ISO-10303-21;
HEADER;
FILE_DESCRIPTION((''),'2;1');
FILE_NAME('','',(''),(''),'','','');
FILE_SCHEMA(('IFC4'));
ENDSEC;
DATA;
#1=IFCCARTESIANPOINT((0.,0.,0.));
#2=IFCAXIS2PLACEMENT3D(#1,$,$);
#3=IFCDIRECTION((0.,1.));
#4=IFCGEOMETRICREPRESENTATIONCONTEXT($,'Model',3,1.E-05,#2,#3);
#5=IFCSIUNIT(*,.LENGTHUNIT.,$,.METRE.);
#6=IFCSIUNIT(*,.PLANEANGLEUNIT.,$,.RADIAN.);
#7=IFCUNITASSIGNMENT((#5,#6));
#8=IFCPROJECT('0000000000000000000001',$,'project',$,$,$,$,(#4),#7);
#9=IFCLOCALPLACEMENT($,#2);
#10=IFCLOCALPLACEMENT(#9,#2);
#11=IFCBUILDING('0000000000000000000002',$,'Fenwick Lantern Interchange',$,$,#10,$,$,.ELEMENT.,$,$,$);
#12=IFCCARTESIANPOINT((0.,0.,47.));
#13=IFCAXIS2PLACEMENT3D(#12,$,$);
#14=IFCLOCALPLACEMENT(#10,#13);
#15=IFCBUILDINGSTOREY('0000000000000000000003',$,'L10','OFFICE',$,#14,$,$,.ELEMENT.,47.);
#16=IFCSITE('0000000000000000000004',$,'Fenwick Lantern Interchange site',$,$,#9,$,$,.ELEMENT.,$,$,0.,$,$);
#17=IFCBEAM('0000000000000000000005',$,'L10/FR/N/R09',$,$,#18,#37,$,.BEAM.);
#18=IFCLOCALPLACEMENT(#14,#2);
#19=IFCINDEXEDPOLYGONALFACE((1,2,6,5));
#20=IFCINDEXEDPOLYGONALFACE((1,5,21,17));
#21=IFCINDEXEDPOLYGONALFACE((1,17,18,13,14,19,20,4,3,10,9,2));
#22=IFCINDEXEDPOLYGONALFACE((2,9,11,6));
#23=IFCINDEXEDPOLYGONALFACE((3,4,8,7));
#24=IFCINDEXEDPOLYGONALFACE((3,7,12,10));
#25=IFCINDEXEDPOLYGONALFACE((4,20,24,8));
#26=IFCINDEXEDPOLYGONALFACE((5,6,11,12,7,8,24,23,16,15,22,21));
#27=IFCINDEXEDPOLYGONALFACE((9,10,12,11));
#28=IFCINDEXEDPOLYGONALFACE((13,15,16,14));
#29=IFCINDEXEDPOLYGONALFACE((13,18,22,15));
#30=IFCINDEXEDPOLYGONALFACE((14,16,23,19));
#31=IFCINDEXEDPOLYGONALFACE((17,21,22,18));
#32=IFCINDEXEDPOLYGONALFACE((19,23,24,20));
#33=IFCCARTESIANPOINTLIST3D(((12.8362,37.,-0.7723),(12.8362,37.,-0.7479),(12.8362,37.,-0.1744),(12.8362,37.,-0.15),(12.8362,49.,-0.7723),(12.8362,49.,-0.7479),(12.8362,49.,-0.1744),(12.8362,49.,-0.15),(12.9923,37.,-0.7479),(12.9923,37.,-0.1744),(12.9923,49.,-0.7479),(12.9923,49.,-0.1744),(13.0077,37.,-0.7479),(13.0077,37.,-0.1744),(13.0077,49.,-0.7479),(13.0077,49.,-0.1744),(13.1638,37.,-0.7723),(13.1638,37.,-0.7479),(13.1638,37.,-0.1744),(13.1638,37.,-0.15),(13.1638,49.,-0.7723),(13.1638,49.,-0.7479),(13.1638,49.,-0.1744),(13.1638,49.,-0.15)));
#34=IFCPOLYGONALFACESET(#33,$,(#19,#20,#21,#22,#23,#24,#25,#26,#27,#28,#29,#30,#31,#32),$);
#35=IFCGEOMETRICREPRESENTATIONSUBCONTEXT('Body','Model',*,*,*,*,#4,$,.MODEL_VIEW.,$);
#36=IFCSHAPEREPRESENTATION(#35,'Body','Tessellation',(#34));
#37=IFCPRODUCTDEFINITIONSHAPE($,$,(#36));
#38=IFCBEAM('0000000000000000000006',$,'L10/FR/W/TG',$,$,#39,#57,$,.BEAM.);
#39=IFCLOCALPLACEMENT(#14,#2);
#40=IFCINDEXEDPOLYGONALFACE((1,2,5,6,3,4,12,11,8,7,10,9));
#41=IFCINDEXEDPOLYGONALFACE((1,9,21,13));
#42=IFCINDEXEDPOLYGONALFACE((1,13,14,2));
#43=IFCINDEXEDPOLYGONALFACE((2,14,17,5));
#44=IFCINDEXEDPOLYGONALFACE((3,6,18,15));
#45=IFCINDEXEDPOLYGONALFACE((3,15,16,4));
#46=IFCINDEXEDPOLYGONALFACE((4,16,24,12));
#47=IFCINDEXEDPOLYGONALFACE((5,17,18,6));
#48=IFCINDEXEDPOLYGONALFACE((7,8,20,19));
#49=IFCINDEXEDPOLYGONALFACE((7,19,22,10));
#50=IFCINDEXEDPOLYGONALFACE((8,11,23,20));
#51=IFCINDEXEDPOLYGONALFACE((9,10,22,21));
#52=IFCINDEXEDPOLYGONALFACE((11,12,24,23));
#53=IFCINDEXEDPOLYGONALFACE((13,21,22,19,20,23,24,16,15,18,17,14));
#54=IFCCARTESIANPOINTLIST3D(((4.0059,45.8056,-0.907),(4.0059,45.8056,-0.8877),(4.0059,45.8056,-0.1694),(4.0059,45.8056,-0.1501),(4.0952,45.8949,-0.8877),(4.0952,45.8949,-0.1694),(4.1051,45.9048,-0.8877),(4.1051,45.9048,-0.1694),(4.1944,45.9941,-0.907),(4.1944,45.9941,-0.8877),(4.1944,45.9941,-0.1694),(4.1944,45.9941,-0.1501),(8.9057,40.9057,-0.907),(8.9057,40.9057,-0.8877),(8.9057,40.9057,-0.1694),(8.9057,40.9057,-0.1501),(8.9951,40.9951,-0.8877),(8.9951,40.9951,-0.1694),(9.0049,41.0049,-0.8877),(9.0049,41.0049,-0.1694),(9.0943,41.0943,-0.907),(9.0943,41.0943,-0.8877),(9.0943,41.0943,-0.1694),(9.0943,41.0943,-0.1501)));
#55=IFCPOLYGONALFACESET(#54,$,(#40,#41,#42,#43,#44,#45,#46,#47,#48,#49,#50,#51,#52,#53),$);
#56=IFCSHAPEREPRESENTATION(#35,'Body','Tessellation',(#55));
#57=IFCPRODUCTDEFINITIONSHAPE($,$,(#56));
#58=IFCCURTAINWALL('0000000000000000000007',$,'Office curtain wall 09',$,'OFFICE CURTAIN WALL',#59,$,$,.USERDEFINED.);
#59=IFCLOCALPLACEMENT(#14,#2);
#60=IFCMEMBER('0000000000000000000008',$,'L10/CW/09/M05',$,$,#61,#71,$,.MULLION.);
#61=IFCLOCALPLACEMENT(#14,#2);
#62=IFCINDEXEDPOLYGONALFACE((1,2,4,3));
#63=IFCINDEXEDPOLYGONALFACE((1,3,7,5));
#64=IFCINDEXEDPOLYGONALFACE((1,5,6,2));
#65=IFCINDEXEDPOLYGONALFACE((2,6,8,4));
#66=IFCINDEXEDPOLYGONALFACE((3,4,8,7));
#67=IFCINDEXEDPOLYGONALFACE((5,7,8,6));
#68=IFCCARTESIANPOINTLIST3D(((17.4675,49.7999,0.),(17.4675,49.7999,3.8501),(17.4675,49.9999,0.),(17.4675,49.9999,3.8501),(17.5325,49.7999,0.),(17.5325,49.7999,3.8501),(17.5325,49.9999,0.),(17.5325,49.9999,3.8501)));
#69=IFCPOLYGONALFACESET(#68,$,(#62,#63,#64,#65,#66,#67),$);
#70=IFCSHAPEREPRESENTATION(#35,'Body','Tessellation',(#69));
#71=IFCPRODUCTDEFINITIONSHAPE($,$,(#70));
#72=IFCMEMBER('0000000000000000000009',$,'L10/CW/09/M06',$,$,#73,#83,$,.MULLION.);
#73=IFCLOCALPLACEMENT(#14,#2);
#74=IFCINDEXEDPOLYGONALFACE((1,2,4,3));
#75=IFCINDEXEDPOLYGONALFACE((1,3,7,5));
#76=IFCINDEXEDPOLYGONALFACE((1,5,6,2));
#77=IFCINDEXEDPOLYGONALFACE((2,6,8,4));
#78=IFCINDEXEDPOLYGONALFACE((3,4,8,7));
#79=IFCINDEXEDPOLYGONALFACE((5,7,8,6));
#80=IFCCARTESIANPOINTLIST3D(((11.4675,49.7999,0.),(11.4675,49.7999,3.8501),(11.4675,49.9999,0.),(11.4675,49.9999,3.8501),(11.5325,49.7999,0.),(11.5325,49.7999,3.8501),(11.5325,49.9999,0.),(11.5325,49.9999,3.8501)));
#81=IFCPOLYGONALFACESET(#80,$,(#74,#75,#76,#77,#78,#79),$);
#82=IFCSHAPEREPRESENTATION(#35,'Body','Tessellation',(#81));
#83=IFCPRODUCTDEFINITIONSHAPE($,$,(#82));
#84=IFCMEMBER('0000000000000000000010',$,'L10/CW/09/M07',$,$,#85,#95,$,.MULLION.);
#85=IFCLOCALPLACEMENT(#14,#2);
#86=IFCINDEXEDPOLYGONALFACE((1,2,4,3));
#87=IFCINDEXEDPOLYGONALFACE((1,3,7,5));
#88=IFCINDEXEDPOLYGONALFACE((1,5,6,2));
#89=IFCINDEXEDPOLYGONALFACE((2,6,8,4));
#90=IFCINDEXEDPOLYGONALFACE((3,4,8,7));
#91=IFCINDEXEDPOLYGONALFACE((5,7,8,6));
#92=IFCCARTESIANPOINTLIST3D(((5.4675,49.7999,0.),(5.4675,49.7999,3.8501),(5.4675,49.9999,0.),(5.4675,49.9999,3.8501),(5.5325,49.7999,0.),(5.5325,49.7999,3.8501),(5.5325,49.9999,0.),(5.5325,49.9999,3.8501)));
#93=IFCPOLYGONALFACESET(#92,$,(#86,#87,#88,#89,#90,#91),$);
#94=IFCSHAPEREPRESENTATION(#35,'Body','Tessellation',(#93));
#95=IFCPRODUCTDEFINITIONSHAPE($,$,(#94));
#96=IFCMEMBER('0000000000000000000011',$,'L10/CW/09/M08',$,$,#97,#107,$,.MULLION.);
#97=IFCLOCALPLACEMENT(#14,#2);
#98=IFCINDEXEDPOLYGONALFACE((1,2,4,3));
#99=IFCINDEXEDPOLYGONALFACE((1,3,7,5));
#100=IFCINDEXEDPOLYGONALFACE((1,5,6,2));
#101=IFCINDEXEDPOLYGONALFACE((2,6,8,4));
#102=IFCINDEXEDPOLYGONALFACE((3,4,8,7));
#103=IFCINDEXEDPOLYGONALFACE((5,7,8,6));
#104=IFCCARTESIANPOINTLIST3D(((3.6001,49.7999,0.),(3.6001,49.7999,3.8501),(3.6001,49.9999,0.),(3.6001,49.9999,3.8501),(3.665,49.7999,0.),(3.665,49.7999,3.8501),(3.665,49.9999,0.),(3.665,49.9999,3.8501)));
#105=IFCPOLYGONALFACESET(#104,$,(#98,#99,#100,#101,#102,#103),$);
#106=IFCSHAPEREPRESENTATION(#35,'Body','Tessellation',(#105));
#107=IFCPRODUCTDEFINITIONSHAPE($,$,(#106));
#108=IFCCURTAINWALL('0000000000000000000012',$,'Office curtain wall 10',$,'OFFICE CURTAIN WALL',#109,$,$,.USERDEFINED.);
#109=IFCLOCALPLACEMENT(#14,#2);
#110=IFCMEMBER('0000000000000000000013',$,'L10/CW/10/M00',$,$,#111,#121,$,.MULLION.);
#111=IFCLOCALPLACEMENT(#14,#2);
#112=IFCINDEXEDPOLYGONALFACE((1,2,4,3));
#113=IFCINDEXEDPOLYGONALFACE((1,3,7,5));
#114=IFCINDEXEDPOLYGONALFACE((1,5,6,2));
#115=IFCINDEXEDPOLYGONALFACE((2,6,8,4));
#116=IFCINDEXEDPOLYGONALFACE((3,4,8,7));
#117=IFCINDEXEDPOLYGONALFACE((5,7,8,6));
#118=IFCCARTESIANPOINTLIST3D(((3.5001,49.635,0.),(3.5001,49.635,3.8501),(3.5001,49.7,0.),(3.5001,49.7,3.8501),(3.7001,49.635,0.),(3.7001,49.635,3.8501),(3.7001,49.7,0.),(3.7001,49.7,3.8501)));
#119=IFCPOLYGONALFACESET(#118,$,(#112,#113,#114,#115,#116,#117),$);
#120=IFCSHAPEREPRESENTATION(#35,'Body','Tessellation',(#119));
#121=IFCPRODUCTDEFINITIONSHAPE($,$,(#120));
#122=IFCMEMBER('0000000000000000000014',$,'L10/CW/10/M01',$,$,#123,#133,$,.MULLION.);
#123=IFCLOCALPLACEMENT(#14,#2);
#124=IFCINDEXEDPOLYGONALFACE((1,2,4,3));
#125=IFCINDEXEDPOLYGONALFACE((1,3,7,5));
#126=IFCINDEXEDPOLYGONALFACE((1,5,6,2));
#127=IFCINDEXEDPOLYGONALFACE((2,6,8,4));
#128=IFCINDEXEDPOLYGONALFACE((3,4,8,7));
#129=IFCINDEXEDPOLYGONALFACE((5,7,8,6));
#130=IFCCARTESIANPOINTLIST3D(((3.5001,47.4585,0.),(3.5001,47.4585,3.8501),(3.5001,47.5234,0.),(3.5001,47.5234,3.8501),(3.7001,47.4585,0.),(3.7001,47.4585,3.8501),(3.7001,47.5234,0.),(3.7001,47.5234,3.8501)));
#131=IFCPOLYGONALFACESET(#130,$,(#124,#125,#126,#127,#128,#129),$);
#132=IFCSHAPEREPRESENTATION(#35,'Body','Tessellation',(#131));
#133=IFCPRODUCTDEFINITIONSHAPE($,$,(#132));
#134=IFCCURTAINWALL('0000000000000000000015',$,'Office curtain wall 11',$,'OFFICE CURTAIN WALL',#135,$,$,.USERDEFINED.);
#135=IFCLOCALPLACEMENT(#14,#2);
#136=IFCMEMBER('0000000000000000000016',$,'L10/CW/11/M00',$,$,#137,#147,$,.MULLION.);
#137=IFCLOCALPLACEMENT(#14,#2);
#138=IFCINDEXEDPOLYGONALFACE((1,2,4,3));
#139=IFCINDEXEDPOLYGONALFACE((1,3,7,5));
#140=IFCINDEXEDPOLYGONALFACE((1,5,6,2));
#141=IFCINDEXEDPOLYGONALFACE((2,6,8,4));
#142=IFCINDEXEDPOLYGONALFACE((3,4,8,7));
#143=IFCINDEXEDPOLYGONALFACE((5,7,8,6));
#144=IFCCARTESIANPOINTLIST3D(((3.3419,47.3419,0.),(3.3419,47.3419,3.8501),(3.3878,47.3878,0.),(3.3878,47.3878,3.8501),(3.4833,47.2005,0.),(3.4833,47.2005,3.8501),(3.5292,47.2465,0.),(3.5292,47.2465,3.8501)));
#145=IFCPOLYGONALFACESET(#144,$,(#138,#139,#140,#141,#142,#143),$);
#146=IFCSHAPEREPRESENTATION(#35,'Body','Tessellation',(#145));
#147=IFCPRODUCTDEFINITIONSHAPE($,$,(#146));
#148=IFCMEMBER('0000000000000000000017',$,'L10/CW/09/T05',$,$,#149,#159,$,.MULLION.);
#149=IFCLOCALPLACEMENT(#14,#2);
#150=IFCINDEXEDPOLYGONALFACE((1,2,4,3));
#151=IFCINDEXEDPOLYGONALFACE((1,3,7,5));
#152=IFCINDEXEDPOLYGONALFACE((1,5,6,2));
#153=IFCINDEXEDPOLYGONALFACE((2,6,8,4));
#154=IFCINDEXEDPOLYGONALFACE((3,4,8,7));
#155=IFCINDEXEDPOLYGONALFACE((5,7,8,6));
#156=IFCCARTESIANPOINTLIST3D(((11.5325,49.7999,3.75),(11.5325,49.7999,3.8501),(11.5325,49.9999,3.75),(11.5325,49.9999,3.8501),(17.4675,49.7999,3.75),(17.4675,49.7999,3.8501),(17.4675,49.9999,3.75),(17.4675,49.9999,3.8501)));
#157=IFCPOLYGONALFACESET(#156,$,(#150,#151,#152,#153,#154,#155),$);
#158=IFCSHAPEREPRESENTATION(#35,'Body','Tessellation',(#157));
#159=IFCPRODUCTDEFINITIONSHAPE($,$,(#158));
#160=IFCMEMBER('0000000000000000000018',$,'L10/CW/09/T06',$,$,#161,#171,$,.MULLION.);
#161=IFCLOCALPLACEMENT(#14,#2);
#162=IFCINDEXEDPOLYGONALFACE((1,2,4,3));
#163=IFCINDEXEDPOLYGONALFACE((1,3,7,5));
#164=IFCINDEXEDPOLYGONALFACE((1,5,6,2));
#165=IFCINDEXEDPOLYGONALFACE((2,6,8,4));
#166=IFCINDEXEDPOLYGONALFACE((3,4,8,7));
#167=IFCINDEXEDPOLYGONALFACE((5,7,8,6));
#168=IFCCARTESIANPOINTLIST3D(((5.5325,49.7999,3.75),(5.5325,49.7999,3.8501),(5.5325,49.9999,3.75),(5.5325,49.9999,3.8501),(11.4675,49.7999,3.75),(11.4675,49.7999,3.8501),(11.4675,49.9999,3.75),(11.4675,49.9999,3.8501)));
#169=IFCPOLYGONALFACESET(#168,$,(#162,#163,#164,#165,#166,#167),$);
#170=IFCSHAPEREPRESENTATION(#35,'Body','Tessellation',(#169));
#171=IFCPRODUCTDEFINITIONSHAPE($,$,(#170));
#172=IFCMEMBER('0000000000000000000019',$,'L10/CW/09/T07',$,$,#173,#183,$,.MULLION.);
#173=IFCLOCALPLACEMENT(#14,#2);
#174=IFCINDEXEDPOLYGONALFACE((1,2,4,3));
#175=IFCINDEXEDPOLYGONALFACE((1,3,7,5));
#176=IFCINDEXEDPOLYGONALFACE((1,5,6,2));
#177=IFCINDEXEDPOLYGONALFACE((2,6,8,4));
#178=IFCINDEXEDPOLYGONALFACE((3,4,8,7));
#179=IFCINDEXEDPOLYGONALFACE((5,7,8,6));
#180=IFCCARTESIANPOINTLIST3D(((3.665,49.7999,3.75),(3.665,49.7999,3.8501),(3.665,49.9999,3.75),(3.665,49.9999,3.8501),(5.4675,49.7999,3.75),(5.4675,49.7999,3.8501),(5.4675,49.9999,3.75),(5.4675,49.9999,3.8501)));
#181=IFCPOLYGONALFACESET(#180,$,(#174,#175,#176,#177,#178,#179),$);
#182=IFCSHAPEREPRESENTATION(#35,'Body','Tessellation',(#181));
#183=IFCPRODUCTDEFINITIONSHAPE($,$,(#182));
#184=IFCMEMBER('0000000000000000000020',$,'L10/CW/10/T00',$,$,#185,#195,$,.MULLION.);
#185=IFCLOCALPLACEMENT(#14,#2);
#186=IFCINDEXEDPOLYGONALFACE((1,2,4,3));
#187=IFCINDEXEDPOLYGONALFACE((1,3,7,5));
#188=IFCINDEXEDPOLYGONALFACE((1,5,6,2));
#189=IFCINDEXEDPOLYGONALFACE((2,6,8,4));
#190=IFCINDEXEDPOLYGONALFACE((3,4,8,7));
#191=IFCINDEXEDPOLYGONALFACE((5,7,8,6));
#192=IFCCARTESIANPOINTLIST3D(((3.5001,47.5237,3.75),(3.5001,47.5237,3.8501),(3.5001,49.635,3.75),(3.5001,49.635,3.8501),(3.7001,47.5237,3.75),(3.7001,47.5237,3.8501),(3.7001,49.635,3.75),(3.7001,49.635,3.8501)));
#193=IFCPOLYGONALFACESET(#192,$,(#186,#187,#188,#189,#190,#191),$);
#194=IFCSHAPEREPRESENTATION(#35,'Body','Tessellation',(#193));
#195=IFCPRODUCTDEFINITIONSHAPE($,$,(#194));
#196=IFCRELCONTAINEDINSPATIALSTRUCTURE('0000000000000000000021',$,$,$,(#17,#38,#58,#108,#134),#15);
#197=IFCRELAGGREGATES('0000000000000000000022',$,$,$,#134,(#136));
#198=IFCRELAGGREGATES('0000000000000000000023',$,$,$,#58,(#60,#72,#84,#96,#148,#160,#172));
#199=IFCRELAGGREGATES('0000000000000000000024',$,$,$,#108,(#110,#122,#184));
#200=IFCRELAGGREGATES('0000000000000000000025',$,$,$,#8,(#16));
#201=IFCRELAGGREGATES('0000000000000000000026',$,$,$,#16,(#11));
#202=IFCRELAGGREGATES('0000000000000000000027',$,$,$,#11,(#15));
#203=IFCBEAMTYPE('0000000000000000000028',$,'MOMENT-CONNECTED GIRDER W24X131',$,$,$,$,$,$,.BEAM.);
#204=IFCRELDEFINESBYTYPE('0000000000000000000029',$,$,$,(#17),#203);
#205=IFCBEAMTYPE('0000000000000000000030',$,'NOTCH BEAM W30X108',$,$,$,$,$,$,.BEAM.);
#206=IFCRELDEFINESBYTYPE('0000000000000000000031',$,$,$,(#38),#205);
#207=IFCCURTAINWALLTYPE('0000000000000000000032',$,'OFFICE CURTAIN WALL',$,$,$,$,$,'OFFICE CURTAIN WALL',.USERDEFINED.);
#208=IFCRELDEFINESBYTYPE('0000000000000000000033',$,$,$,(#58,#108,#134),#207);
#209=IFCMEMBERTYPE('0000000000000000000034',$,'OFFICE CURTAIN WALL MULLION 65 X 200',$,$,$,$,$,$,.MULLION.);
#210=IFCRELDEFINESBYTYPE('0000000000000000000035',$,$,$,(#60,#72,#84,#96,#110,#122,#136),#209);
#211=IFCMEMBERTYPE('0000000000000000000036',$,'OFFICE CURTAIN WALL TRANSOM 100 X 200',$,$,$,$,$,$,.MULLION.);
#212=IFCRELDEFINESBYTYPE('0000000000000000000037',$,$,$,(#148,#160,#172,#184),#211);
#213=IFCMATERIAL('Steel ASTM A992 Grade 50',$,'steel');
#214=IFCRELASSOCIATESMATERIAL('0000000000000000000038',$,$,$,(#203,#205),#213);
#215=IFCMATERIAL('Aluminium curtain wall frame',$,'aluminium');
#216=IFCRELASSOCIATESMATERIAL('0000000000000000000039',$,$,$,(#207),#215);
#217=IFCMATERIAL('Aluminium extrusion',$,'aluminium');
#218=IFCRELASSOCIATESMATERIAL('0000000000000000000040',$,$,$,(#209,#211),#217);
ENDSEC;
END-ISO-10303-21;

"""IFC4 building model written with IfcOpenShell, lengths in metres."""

from ifc_helpers import new_model, si_unit, direction, frame, origin, origin_2d, place, context, subcontext, project, spatial, rectangle, i_section, extrude, material, material_profile, profile_set, type_object, element, aggregate, save


model = new_model("IFC4")

# Units and contexts
model_context = context("Model", 3, precision=1e-05, world=origin(), true_north=direction((0.0, 1.0)))
body_context = subcontext(model_context, "Body", "Model", "MODEL_VIEW")
ifc_project = project(units=[si_unit("LENGTHUNIT", "METRE"), si_unit("PLANEANGLEUNIT", "RADIAN")], contexts=[model_context])

# Site, building, storey
site_placement = place(None, origin())
site = spatial("IfcSite", under=ifc_project, at=site_placement, Name="Fenwick Lantern Interchange site", CompositionType="ELEMENT", RefElevation=0.0)
building_placement = place(site_placement, origin())
building = spatial("IfcBuilding", under=site, at=building_placement, Name="Fenwick Lantern Interchange", CompositionType="ELEMENT")
storey_placement = place(building_placement, frame((0.0, 0.0, 47.0)))
storey = spatial("IfcBuildingStorey", under=building, at=storey_placement, Name="L10", Description="OFFICE", CompositionType="ELEMENT", Elevation=47.0)

# Beams
ifc_material_1 = material(Name="Steel ASTM A992 Grade 50", Category="steel")
ifc_material_profile_1 = material_profile(ifc_material_1, i_section(OverallWidth=0.3276, OverallDepth=0.6223, WebThickness=0.0154, FlangeThickness=0.0244, at=origin_2d()), Name="W24X131")
ifc_profile_set_1 = profile_set([ifc_material_profile_1], Name="Steel ASTM A992 Grade 50")
beam_type_1 = type_object("IfcBeamType", Name="MOMENT-CONNECTED GIRDER W24X131", PredefinedType="BEAM", material=ifc_profile_set_1)
beam_1_placement = place(storey_placement, frame((13.0, 49.0, -0.4612), z_axis=(0.0, -1.0, 0.0), x_axis=(1.0, 0.0, 0.0)))
element("IfcBeam", 1, at=beam_1_placement, inside=storey, type_object=beam_type_1, Name="L10/FR/N/R09", PredefinedType="BEAM", context=body_context, shape_type="SweptSolid", body=[
    extrude(i_section(OverallWidth=0.3276, OverallDepth=0.6223, WebThickness=0.0154, FlangeThickness=0.0244, at=origin_2d()), origin(), (0.0, 0.0, 1.0), 12.0),
])
ifc_material_profile_2 = material_profile(ifc_material_1, i_section(OverallWidth=0.2666, OverallDepth=0.7568, WebThickness=0.0139, FlangeThickness=0.0193, at=origin_2d()), Name="W30X108")
ifc_profile_set_2 = profile_set([ifc_material_profile_2], Name="Steel ASTM A992 Grade 50")
beam_type_2 = type_object("IfcBeamType", Name="NOTCH BEAM W30X108", PredefinedType="BEAM", material=ifc_profile_set_2)
beam_2_placement = place(storey_placement, frame((9.0, 41.0, -0.5286), z_axis=(-0.707107, 0.707107, 0.0), x_axis=(-0.707107, -0.707107, 0.0)))
element("IfcBeam", 2, at=beam_2_placement, inside=storey, type_object=beam_type_2, Name="L10/FR/W/TG", PredefinedType="BEAM", context=body_context, shape_type="SweptSolid", body=[
    extrude(i_section(OverallWidth=0.2666, OverallDepth=0.7568, WebThickness=0.0139, FlangeThickness=0.0193, at=origin_2d()), origin(), (0.0, 0.0, 1.0), 6.9294),
])

# Curtain walls, members
ifc_material_2 = material(Name="Aluminium curtain wall frame", Category="aluminium")
curtain_wall_type = type_object("IfcCurtainWallType", Name="OFFICE CURTAIN WALL", ElementType="OFFICE CURTAIN WALL", PredefinedType="USERDEFINED", material=ifc_material_2)
curtain_wall_1_placement = place(storey_placement, origin())
curtain_wall_1 = element("IfcCurtainWall", 3, at=curtain_wall_1_placement, inside=storey, type_object=curtain_wall_type, Name="Office curtain wall 09", ObjectType="OFFICE CURTAIN WALL", PredefinedType="USERDEFINED")
ifc_material_3 = material(Name="Aluminium extrusion", Category="aluminium")
ifc_material_profile_3 = material_profile(ifc_material_3, rectangle(XDim=0.2, YDim=0.0649, at=origin_2d()), Name="OFFICE CURTAIN WALL MULLION 65 X 200")
ifc_profile_set_3 = profile_set([ifc_material_profile_3], Name="Aluminium extrusion")
member_type_1 = type_object("IfcMemberType", Name="OFFICE CURTAIN WALL MULLION 65 X 200", PredefinedType="MULLION", material=ifc_profile_set_3)
member_1_placement = place(storey_placement, frame((17.5, 49.8999, 0.0), z_axis=(0.0, 0.0, 1.0), x_axis=(0.0, -1.0, 0.0)))
member_1 = element("IfcMember", 4, at=member_1_placement, type_object=member_type_1, Name="L10/CW/09/M05", PredefinedType="MULLION", context=body_context, shape_type="SweptSolid", body=[
    extrude(rectangle(XDim=0.2, YDim=0.0649, at=origin_2d()), origin(), (0.0, 0.0, 1.0), 3.8501),
])
member_2_placement = place(storey_placement, frame((11.5, 49.8999, 0.0), z_axis=(0.0, 0.0, 1.0), x_axis=(0.0, -1.0, 0.0)))
member_2 = element("IfcMember", 5, at=member_2_placement, type_object=member_type_1, Name="L10/CW/09/M06", PredefinedType="MULLION", context=body_context, shape_type="SweptSolid", body=[
    extrude(rectangle(XDim=0.2, YDim=0.0649, at=origin_2d()), origin(), (0.0, 0.0, 1.0), 3.8501),
])
member_3_placement = place(storey_placement, frame((5.5, 49.8999, 0.0), z_axis=(0.0, 0.0, 1.0), x_axis=(0.0, -1.0, 0.0)))
member_3 = element("IfcMember", 6, at=member_3_placement, type_object=member_type_1, Name="L10/CW/09/M07", PredefinedType="MULLION", context=body_context, shape_type="SweptSolid", body=[
    extrude(rectangle(XDim=0.2, YDim=0.0649, at=origin_2d()), origin(), (0.0, 0.0, 1.0), 3.8501),
])
member_4_placement = place(storey_placement, frame((3.6326, 49.8999, 0.0), z_axis=(0.0, 0.0, 1.0), x_axis=(0.0, -1.0, 0.0)))
member_4 = element("IfcMember", 7, at=member_4_placement, type_object=member_type_1, Name="L10/CW/09/M08", PredefinedType="MULLION", context=body_context, shape_type="SweptSolid", body=[
    extrude(rectangle(XDim=0.2, YDim=0.0649, at=origin_2d()), origin(), (0.0, 0.0, 1.0), 3.8501),
])
curtain_wall_2_placement = place(storey_placement, origin())
curtain_wall_2 = element("IfcCurtainWall", 8, at=curtain_wall_2_placement, inside=storey, type_object=curtain_wall_type, Name="Office curtain wall 10", ObjectType="OFFICE CURTAIN WALL", PredefinedType="USERDEFINED")
member_5_placement = place(storey_placement, frame((3.6001, 49.6675, 0.0), z_axis=(0.0, 0.0, 1.0), x_axis=(1.0, 0.0, 0.0)))
member_5 = element("IfcMember", 9, at=member_5_placement, type_object=member_type_1, Name="L10/CW/10/M00", PredefinedType="MULLION", context=body_context, shape_type="SweptSolid", body=[
    extrude(rectangle(XDim=0.2, YDim=0.0649, at=origin_2d()), origin(), (0.0, 0.0, 1.0), 3.8501),
])
member_6_placement = place(storey_placement, frame((3.6001, 47.491, 0.0), z_axis=(0.0, 0.0, 1.0), x_axis=(1.0, 0.0, 0.0)))
member_6 = element("IfcMember", 10, at=member_6_placement, type_object=member_type_1, Name="L10/CW/10/M01", PredefinedType="MULLION", context=body_context, shape_type="SweptSolid", body=[
    extrude(rectangle(XDim=0.2, YDim=0.0649, at=origin_2d()), origin(), (0.0, 0.0, 1.0), 3.8501),
])

# Curtain wall, member
curtain_wall_3_placement = place(storey_placement, origin())
curtain_wall_3 = element("IfcCurtainWall", 11, at=curtain_wall_3_placement, inside=storey, type_object=curtain_wall_type, Name="Office curtain wall 11", ObjectType="OFFICE CURTAIN WALL", PredefinedType="USERDEFINED")
member_7_placement = place(storey_placement, frame((3.4355, 47.2942, 0.0), z_axis=(0.0, 0.0, 1.0), x_axis=(0.707107, -0.707107, 0.0)))
member_7 = element("IfcMember", 12, at=member_7_placement, type_object=member_type_1, Name="L10/CW/11/M00", PredefinedType="MULLION", context=body_context, shape_type="SweptSolid", body=[
    extrude(rectangle(XDim=0.2, YDim=0.0649, at=origin_2d()), origin(), (0.0, 0.0, 1.0), 3.8501),
])

# Members
ifc_material_profile_4 = material_profile(ifc_material_3, rectangle(XDim=0.2, YDim=0.1001, at=origin_2d()), Name="OFFICE CURTAIN WALL TRANSOM 100 X 200")
ifc_profile_set_4 = profile_set([ifc_material_profile_4], Name="Aluminium extrusion")
member_type_2 = type_object("IfcMemberType", Name="OFFICE CURTAIN WALL TRANSOM 100 X 200", PredefinedType="MULLION", material=ifc_profile_set_4)
member_8_placement = place(storey_placement, frame((17.4675, 49.8999, 3.8), z_axis=(-1.0, 0.0, 0.0), x_axis=(0.0, -1.0, 0.0)))
member_8 = element("IfcMember", 13, at=member_8_placement, type_object=member_type_2, Name="L10/CW/09/T05", PredefinedType="MULLION", context=body_context, shape_type="SweptSolid", body=[
    extrude(rectangle(XDim=0.2, YDim=0.1001, at=origin_2d()), origin(), (0.0, 0.0, 1.0), 5.9351),
])
member_9_placement = place(storey_placement, frame((11.4675, 49.8999, 3.8), z_axis=(-1.0, 0.0, 0.0), x_axis=(0.0, -1.0, 0.0)))
member_9 = element("IfcMember", 14, at=member_9_placement, type_object=member_type_2, Name="L10/CW/09/T06", PredefinedType="MULLION", context=body_context, shape_type="SweptSolid", body=[
    extrude(rectangle(XDim=0.2, YDim=0.1001, at=origin_2d()), origin(), (0.0, 0.0, 1.0), 5.9351),
])
member_10_placement = place(storey_placement, frame((5.4675, 49.8999, 3.8), z_axis=(-1.0, 0.0, 0.0), x_axis=(0.0, -1.0, 0.0)))
member_10 = element("IfcMember", 15, at=member_10_placement, type_object=member_type_2, Name="L10/CW/09/T07", PredefinedType="MULLION", context=body_context, shape_type="SweptSolid", body=[
    extrude(rectangle(XDim=0.2, YDim=0.1001, at=origin_2d()), origin(), (0.0, 0.0, 1.0), 1.8025),
])
member_11_placement = place(storey_placement, frame((3.6001, 49.635, 3.8), z_axis=(0.0, -1.0, 0.0), x_axis=(1.0, 0.0, 0.0)))
member_11 = element("IfcMember", 16, at=member_11_placement, type_object=member_type_2, Name="L10/CW/10/T00", PredefinedType="MULLION", context=body_context, shape_type="SweptSolid", body=[
    extrude(rectangle(XDim=0.2, YDim=0.1001, at=origin_2d()), origin(), (0.0, 0.0, 1.0), 2.1113),
])
aggregate(curtain_wall_3, [member_7])

aggregate(curtain_wall_1, [member_1, member_2, member_3, member_4, member_8, member_9, member_10])
aggregate(curtain_wall_2, [member_5, member_6, member_11])

save(model, "model.ifc")
